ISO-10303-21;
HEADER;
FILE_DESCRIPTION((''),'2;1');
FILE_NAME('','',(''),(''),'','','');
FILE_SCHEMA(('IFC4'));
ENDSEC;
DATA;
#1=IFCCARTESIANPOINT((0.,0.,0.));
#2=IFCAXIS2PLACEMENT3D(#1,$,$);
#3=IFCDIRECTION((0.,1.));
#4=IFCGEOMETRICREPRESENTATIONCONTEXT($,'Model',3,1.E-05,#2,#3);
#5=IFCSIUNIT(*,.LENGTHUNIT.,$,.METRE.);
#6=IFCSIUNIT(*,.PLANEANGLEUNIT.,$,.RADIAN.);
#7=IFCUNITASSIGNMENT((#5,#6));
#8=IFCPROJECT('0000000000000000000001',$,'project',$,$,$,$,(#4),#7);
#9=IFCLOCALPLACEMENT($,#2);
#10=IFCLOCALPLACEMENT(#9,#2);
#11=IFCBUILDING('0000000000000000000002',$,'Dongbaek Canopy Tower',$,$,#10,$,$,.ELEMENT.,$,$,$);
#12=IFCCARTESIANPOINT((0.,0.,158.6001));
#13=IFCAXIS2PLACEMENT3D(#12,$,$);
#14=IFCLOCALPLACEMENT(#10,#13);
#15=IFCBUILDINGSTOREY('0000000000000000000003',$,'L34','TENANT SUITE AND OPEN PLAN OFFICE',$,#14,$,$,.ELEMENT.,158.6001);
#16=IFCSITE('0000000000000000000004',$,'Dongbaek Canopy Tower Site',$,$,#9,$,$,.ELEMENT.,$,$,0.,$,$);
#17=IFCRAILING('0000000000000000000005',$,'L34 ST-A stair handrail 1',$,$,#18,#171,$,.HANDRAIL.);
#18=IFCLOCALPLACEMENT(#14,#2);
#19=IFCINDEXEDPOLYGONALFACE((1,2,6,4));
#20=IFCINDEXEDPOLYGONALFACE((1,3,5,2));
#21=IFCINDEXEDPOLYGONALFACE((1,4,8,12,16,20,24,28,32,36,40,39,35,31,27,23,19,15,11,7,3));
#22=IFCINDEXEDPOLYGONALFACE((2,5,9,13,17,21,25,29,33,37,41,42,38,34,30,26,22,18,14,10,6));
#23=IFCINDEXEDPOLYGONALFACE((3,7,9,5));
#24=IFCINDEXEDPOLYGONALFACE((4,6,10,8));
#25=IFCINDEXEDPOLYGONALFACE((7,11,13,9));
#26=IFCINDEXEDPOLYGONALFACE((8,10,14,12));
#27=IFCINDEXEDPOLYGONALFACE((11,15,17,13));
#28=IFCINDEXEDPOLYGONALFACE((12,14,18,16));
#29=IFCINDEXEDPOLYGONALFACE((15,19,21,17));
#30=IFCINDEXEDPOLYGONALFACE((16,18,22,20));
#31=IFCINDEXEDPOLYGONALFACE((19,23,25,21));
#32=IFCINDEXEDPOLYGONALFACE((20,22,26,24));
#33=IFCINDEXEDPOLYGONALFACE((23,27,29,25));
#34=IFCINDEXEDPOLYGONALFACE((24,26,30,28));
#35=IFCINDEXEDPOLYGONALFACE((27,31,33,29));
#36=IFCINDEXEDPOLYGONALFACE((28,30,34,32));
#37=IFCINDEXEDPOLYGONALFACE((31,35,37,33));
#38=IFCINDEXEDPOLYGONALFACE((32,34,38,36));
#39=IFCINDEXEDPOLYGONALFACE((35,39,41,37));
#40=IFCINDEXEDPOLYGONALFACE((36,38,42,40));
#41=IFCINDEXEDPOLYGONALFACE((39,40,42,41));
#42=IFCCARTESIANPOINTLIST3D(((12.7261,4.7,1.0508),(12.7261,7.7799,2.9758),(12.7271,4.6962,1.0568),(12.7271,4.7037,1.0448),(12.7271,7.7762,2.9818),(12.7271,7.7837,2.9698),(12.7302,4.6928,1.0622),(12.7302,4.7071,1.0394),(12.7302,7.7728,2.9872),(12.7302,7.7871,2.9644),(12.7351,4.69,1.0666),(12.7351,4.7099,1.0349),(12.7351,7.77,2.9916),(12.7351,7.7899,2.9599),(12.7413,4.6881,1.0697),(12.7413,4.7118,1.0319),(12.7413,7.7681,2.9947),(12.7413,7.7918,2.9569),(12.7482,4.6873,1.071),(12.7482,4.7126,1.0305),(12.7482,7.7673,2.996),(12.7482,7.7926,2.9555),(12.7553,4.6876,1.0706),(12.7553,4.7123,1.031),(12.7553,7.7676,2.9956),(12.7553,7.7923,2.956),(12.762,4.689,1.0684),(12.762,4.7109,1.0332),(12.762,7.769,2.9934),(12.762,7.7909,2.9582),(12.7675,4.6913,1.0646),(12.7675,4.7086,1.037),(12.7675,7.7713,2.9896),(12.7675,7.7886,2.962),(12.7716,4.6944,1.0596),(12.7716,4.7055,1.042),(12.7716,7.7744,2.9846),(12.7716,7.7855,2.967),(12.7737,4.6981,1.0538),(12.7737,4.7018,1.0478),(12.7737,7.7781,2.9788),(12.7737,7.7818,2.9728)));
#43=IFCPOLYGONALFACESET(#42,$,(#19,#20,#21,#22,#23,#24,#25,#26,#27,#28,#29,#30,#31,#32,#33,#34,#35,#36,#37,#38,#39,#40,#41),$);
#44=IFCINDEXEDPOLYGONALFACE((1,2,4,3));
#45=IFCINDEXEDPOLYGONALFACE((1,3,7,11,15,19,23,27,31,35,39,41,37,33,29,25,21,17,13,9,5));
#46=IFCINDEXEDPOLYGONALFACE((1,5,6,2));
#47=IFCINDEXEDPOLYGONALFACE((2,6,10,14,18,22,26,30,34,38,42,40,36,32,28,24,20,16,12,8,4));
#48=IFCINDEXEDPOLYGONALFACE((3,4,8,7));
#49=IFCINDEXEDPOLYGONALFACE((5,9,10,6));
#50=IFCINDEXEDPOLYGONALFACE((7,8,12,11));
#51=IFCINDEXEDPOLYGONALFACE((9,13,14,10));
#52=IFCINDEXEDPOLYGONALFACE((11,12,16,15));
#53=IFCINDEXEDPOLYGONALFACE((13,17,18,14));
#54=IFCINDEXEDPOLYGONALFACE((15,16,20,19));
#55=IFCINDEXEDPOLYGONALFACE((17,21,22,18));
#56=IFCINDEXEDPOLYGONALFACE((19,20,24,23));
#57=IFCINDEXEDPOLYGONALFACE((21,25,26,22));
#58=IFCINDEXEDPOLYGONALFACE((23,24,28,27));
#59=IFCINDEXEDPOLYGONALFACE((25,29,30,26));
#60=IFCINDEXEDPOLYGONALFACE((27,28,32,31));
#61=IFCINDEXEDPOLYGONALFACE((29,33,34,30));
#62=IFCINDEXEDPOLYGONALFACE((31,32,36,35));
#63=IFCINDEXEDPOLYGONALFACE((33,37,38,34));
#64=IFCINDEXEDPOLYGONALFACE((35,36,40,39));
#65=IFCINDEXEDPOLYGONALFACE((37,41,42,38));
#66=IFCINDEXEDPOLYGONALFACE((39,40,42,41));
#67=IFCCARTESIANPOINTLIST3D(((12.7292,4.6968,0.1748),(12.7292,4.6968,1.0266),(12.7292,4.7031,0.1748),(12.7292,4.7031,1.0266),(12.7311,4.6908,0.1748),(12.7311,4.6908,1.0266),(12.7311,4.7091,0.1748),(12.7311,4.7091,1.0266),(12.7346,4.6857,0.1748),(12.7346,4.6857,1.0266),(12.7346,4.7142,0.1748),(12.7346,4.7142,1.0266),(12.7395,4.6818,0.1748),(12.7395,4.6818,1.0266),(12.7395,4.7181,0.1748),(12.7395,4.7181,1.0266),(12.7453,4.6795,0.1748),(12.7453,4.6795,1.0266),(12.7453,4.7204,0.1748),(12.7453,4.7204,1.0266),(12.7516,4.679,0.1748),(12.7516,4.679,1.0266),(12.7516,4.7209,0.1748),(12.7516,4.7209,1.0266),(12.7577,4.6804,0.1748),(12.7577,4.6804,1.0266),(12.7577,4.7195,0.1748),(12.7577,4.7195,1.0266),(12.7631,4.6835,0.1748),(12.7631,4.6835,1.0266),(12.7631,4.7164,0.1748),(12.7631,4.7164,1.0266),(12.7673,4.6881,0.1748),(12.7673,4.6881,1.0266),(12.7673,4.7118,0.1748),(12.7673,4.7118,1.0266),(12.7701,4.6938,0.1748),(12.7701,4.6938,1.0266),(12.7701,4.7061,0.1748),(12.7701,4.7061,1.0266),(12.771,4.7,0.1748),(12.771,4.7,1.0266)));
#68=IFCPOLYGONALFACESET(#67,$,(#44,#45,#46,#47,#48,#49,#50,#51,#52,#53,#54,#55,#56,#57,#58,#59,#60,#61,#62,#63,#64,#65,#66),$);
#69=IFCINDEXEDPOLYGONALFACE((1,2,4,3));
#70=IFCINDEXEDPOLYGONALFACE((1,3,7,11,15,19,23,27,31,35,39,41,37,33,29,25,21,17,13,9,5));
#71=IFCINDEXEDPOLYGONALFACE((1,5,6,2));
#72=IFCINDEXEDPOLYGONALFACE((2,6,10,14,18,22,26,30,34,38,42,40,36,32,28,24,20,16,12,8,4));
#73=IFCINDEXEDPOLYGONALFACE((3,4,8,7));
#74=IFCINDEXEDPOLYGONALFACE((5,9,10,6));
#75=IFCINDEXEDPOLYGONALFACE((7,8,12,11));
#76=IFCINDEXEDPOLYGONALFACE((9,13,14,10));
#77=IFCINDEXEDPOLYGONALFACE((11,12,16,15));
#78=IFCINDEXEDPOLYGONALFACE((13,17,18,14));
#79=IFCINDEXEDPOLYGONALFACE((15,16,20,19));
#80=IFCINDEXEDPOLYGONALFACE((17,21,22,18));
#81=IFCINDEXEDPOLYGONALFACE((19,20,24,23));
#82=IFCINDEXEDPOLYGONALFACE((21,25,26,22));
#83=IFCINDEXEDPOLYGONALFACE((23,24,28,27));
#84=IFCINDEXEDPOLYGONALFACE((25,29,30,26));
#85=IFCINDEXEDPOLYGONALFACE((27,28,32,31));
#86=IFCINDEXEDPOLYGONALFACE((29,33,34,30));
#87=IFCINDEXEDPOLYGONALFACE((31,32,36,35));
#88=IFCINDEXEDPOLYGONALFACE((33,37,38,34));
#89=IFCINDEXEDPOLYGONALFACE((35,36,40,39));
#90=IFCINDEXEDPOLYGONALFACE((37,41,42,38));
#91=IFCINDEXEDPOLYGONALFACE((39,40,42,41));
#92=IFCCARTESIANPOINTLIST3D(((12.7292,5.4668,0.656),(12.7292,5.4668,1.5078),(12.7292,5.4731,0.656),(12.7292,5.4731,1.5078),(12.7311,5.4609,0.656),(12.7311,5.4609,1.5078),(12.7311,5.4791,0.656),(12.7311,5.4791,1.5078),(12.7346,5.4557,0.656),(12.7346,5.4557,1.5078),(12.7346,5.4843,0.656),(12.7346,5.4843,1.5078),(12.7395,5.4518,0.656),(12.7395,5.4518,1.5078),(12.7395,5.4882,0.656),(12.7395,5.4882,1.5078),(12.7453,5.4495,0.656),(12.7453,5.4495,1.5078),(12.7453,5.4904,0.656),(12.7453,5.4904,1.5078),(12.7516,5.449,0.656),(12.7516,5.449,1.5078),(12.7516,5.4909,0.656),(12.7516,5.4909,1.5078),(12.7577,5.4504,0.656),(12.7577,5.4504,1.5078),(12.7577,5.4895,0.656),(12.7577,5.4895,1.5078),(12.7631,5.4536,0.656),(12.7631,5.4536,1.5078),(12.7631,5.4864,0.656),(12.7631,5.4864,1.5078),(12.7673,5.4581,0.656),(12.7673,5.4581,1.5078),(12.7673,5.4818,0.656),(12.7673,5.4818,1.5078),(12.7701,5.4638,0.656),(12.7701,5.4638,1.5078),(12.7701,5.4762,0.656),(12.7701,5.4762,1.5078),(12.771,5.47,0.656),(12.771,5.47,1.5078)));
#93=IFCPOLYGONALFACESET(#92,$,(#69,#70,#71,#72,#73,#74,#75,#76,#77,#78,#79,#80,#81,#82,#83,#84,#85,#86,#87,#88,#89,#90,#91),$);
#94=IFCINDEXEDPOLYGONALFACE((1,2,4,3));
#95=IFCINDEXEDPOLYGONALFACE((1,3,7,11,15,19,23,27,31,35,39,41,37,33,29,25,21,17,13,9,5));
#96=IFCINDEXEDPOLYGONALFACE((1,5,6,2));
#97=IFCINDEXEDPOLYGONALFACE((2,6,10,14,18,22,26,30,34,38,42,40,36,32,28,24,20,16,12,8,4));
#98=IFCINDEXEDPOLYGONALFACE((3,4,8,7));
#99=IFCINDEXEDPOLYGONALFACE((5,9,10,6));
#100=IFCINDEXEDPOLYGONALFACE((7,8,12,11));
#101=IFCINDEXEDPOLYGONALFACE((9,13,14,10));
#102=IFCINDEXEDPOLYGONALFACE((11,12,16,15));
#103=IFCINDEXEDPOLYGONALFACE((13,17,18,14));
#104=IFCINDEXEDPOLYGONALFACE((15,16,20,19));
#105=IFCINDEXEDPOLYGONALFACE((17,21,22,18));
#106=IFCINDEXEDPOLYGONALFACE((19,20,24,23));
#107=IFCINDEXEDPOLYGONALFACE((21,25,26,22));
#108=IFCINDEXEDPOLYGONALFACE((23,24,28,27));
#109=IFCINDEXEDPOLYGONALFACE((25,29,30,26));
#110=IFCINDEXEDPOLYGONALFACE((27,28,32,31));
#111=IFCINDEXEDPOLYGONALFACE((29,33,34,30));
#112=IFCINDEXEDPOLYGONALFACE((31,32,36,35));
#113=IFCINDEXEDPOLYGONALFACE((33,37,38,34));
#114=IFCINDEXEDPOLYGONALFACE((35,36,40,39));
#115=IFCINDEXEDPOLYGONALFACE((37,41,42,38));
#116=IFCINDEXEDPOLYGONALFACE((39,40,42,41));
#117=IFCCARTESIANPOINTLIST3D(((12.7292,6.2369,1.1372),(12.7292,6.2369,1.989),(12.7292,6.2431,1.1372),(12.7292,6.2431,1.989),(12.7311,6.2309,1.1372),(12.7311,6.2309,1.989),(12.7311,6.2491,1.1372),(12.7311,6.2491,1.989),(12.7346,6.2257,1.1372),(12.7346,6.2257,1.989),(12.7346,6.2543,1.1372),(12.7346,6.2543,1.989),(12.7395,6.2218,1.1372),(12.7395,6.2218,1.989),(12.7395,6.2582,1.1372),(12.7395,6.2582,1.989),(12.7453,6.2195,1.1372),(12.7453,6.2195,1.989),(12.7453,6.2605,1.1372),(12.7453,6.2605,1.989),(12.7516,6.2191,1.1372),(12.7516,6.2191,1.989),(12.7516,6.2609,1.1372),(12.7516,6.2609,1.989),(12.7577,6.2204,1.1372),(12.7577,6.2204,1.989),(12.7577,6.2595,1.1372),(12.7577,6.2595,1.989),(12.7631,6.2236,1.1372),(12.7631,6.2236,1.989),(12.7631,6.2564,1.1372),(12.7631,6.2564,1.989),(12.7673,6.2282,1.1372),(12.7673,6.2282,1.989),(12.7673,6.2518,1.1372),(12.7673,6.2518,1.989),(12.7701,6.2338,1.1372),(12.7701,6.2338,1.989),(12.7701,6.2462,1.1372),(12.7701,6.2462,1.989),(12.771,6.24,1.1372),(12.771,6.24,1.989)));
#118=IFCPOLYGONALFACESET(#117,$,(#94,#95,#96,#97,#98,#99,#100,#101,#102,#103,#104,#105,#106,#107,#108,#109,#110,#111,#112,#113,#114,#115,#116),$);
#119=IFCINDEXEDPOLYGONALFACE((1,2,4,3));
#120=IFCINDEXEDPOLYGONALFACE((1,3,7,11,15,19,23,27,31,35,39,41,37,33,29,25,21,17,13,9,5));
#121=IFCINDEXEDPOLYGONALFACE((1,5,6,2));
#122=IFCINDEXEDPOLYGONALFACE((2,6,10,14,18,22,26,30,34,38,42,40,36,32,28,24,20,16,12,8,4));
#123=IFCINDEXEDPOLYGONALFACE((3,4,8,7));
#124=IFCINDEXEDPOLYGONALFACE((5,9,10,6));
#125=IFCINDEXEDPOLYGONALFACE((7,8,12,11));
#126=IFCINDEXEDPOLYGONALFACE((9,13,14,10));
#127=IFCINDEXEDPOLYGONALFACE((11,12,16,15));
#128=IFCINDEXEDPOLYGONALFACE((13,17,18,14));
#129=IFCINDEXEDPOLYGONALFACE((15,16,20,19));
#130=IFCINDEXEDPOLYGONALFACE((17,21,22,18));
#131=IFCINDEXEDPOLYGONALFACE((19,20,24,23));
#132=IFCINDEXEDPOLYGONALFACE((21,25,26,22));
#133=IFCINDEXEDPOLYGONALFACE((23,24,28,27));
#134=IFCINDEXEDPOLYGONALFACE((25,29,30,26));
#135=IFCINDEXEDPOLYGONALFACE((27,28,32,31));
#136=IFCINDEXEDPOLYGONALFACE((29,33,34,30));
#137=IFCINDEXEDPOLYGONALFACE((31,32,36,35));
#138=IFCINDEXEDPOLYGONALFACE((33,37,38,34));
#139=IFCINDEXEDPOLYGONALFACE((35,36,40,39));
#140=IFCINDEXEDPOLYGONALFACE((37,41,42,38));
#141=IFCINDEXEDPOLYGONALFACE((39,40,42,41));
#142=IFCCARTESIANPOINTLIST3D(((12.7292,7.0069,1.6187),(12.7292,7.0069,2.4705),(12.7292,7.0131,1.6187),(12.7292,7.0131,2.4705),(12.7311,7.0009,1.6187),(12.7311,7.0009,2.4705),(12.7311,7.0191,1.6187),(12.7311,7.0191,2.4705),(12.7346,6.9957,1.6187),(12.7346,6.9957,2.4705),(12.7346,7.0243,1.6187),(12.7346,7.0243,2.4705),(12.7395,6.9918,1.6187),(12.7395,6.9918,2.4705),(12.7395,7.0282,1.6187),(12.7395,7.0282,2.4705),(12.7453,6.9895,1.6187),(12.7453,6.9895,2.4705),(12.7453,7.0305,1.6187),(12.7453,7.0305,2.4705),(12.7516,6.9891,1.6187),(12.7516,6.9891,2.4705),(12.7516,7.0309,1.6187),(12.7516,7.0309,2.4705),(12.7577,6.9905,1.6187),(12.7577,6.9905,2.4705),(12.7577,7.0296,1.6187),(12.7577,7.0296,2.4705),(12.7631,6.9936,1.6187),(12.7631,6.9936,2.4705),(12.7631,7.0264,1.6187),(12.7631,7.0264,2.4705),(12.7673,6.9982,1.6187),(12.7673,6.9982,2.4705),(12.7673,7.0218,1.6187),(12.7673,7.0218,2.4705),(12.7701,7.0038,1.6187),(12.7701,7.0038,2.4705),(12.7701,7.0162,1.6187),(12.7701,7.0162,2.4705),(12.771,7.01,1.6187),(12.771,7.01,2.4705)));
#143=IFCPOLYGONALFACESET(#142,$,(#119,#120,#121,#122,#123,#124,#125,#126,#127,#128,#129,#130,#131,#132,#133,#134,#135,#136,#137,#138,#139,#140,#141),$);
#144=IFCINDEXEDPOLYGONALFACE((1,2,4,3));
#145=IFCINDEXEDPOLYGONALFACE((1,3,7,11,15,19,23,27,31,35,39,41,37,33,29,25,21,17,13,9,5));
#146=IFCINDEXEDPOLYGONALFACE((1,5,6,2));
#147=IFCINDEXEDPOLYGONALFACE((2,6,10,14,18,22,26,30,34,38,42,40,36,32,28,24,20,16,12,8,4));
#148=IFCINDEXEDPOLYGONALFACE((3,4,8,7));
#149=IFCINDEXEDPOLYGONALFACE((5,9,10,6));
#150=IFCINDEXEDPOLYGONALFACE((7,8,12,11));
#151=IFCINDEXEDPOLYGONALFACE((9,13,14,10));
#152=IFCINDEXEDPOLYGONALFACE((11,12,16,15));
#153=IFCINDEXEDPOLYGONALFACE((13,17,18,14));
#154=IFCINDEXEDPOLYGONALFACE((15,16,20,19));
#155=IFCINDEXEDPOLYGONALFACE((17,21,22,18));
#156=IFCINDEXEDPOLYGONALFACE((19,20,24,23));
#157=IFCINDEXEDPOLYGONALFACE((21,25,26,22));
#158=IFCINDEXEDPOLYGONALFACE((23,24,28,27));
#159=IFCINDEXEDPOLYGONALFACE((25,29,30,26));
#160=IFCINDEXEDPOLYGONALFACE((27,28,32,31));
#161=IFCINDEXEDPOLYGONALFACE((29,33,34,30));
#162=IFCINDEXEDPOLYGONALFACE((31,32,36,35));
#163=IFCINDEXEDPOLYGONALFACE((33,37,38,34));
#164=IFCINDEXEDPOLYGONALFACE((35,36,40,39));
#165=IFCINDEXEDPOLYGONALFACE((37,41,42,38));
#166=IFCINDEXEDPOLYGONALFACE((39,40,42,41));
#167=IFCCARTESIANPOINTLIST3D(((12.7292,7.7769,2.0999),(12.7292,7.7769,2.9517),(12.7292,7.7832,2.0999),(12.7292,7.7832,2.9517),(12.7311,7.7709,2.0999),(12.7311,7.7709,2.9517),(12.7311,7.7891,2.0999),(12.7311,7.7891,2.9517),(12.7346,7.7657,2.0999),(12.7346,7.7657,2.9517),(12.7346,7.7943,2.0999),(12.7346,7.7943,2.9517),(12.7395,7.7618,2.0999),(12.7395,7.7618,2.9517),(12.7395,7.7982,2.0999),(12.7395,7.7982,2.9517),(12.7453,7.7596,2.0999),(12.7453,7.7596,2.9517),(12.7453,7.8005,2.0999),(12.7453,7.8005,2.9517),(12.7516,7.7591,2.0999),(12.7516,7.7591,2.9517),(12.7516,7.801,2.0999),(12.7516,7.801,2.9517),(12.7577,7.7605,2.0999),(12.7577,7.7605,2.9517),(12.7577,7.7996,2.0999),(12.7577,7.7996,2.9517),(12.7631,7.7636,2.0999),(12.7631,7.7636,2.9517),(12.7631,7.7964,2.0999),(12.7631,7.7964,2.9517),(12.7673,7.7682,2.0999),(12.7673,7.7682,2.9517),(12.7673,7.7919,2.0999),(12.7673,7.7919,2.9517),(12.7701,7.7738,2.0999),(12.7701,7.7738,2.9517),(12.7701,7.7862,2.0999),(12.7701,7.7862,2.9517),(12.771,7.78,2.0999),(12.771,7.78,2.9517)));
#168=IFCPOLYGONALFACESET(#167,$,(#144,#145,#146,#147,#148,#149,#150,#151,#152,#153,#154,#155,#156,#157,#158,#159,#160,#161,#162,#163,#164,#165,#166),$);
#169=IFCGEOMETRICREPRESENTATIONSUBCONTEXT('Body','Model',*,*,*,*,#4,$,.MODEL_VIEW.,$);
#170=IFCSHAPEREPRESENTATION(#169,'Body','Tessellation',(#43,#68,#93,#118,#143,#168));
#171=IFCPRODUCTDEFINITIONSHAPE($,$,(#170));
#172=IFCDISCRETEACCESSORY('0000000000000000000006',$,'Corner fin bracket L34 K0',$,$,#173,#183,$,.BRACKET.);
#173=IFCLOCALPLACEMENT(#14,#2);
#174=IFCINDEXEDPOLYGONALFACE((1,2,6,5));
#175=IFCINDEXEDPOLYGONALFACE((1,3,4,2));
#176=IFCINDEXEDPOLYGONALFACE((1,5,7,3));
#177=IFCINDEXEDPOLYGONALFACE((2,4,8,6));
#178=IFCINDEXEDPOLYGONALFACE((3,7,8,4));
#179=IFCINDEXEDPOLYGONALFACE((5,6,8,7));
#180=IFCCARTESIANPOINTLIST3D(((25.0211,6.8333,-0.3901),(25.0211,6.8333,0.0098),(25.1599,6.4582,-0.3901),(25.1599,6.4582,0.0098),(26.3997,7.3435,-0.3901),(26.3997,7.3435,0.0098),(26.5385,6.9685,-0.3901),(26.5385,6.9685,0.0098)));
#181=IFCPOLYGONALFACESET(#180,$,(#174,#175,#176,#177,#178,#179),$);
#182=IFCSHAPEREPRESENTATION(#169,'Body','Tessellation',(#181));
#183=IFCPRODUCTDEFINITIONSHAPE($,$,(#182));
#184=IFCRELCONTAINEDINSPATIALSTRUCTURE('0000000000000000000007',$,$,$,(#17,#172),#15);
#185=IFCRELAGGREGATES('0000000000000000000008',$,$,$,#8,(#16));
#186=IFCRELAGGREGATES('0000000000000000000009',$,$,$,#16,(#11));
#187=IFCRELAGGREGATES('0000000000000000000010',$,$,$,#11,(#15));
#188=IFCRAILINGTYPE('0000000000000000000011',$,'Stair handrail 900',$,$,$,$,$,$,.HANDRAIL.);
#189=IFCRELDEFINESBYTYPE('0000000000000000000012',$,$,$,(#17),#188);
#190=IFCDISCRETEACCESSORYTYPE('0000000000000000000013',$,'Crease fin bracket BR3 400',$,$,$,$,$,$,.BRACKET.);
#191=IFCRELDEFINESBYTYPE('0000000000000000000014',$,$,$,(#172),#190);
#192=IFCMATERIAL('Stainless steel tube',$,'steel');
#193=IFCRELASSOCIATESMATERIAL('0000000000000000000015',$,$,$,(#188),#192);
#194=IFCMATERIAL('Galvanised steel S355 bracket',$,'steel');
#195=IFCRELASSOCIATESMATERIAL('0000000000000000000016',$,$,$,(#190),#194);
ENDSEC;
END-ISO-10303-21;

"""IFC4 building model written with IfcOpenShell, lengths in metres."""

from ifc_helpers import new_model, si_unit, direction, frame, origin, origin_2d, place, context, subcontext, project, spatial, rectangle, circle, extrude, material, type_object, element, save


model = new_model("IFC4")

# Units and contexts
model_context = context("Model", 3, precision=1e-05, world=origin(), true_north=direction((0.0, 1.0)))
body_context = subcontext(model_context, "Body", "Model", "MODEL_VIEW")
ifc_project = project(units=[si_unit("LENGTHUNIT", "METRE"), si_unit("PLANEANGLEUNIT", "RADIAN")], contexts=[model_context])

# Site, building, storey
site_placement = place(None, origin())
site = spatial("IfcSite", under=ifc_project, at=site_placement, Name="Dongbaek Canopy Tower Site", CompositionType="ELEMENT", RefElevation=0.0)
building_placement = place(site_placement, origin())
building = spatial("IfcBuilding", under=site, at=building_placement, Name="Dongbaek Canopy Tower", CompositionType="ELEMENT")
storey_placement = place(building_placement, frame((0.0, 0.0, 158.6001)))
storey = spatial("IfcBuildingStorey", under=building, at=storey_placement, Name="L34", Description="TENANT SUITE AND OPEN PLAN OFFICE", CompositionType="ELEMENT", Elevation=158.6001)

# Railing
ifc_material_1 = material(Name="Stainless steel tube", Category="steel")
railing_type = type_object("IfcRailingType", Name="Stair handrail 900", PredefinedType="HANDRAIL", material=ifc_material_1)
railing_placement = place(storey_placement, frame((12.75, 4.7, 0.1748)))
element("IfcRailing", 1, at=railing_placement, inside=storey, type_object=railing_type, Name="L34 ST-A stair handrail 1", PredefinedType="HANDRAIL", context=body_context, shape_type="SweptSolid", body=[
    extrude(circle(Radius=0.0239, at=origin_2d()), frame((0.0, 0.0, 0.876), z_axis=(0.0, 0.847998, 0.529999), x_axis=(-1.0, 0.0, 0.0)), (0.0, 0.0, 1.0), 3.6321),
    extrude(circle(Radius=0.021, at=origin_2d()), origin(), (0.0, 0.0, 1.0), 0.8518),
    extrude(circle(Radius=0.021, at=origin_2d()), frame((0.0, 0.77, 0.4812)), (0.0, 0.0, 1.0), 0.8518),
    extrude(circle(Radius=0.021, at=origin_2d()), frame((0.0, 1.54, 0.9624)), (0.0, 0.0, 1.0), 0.8518),
    extrude(circle(Radius=0.021, at=origin_2d()), frame((0.0, 2.3101, 1.4438)), (0.0, 0.0, 1.0), 0.8518),
    extrude(circle(Radius=0.021, at=origin_2d()), frame((0.0, 3.0801, 1.925)), (0.0, 0.0, 1.0), 0.8518),
])

# Discrete accessory
ifc_material_2 = material(Name="Galvanised steel S355 bracket", Category="steel")
discrete_accessory_type = type_object("IfcDiscreteAccessoryType", Name="Crease fin bracket BR3 400", PredefinedType="BRACKET", material=ifc_material_2)
discrete_accessory_placement = place(storey_placement, frame((25.7798, 6.9009, -0.3901), z_axis=(0.0, 0.0, 1.0), x_axis=(0.937824, 0.347111, 0.0)))
element("IfcDiscreteAccessory", 2, at=discrete_accessory_placement, inside=storey, type_object=discrete_accessory_type, Name="Corner fin bracket L34 K0", PredefinedType="BRACKET", context=body_context, shape_type="SweptSolid", body=[
    extrude(rectangle(XDim=1.47, YDim=0.3999, at=origin_2d()), origin(), (0.0, 0.0, 1.0), 0.3999),
])

save(model, "model.ifc")
